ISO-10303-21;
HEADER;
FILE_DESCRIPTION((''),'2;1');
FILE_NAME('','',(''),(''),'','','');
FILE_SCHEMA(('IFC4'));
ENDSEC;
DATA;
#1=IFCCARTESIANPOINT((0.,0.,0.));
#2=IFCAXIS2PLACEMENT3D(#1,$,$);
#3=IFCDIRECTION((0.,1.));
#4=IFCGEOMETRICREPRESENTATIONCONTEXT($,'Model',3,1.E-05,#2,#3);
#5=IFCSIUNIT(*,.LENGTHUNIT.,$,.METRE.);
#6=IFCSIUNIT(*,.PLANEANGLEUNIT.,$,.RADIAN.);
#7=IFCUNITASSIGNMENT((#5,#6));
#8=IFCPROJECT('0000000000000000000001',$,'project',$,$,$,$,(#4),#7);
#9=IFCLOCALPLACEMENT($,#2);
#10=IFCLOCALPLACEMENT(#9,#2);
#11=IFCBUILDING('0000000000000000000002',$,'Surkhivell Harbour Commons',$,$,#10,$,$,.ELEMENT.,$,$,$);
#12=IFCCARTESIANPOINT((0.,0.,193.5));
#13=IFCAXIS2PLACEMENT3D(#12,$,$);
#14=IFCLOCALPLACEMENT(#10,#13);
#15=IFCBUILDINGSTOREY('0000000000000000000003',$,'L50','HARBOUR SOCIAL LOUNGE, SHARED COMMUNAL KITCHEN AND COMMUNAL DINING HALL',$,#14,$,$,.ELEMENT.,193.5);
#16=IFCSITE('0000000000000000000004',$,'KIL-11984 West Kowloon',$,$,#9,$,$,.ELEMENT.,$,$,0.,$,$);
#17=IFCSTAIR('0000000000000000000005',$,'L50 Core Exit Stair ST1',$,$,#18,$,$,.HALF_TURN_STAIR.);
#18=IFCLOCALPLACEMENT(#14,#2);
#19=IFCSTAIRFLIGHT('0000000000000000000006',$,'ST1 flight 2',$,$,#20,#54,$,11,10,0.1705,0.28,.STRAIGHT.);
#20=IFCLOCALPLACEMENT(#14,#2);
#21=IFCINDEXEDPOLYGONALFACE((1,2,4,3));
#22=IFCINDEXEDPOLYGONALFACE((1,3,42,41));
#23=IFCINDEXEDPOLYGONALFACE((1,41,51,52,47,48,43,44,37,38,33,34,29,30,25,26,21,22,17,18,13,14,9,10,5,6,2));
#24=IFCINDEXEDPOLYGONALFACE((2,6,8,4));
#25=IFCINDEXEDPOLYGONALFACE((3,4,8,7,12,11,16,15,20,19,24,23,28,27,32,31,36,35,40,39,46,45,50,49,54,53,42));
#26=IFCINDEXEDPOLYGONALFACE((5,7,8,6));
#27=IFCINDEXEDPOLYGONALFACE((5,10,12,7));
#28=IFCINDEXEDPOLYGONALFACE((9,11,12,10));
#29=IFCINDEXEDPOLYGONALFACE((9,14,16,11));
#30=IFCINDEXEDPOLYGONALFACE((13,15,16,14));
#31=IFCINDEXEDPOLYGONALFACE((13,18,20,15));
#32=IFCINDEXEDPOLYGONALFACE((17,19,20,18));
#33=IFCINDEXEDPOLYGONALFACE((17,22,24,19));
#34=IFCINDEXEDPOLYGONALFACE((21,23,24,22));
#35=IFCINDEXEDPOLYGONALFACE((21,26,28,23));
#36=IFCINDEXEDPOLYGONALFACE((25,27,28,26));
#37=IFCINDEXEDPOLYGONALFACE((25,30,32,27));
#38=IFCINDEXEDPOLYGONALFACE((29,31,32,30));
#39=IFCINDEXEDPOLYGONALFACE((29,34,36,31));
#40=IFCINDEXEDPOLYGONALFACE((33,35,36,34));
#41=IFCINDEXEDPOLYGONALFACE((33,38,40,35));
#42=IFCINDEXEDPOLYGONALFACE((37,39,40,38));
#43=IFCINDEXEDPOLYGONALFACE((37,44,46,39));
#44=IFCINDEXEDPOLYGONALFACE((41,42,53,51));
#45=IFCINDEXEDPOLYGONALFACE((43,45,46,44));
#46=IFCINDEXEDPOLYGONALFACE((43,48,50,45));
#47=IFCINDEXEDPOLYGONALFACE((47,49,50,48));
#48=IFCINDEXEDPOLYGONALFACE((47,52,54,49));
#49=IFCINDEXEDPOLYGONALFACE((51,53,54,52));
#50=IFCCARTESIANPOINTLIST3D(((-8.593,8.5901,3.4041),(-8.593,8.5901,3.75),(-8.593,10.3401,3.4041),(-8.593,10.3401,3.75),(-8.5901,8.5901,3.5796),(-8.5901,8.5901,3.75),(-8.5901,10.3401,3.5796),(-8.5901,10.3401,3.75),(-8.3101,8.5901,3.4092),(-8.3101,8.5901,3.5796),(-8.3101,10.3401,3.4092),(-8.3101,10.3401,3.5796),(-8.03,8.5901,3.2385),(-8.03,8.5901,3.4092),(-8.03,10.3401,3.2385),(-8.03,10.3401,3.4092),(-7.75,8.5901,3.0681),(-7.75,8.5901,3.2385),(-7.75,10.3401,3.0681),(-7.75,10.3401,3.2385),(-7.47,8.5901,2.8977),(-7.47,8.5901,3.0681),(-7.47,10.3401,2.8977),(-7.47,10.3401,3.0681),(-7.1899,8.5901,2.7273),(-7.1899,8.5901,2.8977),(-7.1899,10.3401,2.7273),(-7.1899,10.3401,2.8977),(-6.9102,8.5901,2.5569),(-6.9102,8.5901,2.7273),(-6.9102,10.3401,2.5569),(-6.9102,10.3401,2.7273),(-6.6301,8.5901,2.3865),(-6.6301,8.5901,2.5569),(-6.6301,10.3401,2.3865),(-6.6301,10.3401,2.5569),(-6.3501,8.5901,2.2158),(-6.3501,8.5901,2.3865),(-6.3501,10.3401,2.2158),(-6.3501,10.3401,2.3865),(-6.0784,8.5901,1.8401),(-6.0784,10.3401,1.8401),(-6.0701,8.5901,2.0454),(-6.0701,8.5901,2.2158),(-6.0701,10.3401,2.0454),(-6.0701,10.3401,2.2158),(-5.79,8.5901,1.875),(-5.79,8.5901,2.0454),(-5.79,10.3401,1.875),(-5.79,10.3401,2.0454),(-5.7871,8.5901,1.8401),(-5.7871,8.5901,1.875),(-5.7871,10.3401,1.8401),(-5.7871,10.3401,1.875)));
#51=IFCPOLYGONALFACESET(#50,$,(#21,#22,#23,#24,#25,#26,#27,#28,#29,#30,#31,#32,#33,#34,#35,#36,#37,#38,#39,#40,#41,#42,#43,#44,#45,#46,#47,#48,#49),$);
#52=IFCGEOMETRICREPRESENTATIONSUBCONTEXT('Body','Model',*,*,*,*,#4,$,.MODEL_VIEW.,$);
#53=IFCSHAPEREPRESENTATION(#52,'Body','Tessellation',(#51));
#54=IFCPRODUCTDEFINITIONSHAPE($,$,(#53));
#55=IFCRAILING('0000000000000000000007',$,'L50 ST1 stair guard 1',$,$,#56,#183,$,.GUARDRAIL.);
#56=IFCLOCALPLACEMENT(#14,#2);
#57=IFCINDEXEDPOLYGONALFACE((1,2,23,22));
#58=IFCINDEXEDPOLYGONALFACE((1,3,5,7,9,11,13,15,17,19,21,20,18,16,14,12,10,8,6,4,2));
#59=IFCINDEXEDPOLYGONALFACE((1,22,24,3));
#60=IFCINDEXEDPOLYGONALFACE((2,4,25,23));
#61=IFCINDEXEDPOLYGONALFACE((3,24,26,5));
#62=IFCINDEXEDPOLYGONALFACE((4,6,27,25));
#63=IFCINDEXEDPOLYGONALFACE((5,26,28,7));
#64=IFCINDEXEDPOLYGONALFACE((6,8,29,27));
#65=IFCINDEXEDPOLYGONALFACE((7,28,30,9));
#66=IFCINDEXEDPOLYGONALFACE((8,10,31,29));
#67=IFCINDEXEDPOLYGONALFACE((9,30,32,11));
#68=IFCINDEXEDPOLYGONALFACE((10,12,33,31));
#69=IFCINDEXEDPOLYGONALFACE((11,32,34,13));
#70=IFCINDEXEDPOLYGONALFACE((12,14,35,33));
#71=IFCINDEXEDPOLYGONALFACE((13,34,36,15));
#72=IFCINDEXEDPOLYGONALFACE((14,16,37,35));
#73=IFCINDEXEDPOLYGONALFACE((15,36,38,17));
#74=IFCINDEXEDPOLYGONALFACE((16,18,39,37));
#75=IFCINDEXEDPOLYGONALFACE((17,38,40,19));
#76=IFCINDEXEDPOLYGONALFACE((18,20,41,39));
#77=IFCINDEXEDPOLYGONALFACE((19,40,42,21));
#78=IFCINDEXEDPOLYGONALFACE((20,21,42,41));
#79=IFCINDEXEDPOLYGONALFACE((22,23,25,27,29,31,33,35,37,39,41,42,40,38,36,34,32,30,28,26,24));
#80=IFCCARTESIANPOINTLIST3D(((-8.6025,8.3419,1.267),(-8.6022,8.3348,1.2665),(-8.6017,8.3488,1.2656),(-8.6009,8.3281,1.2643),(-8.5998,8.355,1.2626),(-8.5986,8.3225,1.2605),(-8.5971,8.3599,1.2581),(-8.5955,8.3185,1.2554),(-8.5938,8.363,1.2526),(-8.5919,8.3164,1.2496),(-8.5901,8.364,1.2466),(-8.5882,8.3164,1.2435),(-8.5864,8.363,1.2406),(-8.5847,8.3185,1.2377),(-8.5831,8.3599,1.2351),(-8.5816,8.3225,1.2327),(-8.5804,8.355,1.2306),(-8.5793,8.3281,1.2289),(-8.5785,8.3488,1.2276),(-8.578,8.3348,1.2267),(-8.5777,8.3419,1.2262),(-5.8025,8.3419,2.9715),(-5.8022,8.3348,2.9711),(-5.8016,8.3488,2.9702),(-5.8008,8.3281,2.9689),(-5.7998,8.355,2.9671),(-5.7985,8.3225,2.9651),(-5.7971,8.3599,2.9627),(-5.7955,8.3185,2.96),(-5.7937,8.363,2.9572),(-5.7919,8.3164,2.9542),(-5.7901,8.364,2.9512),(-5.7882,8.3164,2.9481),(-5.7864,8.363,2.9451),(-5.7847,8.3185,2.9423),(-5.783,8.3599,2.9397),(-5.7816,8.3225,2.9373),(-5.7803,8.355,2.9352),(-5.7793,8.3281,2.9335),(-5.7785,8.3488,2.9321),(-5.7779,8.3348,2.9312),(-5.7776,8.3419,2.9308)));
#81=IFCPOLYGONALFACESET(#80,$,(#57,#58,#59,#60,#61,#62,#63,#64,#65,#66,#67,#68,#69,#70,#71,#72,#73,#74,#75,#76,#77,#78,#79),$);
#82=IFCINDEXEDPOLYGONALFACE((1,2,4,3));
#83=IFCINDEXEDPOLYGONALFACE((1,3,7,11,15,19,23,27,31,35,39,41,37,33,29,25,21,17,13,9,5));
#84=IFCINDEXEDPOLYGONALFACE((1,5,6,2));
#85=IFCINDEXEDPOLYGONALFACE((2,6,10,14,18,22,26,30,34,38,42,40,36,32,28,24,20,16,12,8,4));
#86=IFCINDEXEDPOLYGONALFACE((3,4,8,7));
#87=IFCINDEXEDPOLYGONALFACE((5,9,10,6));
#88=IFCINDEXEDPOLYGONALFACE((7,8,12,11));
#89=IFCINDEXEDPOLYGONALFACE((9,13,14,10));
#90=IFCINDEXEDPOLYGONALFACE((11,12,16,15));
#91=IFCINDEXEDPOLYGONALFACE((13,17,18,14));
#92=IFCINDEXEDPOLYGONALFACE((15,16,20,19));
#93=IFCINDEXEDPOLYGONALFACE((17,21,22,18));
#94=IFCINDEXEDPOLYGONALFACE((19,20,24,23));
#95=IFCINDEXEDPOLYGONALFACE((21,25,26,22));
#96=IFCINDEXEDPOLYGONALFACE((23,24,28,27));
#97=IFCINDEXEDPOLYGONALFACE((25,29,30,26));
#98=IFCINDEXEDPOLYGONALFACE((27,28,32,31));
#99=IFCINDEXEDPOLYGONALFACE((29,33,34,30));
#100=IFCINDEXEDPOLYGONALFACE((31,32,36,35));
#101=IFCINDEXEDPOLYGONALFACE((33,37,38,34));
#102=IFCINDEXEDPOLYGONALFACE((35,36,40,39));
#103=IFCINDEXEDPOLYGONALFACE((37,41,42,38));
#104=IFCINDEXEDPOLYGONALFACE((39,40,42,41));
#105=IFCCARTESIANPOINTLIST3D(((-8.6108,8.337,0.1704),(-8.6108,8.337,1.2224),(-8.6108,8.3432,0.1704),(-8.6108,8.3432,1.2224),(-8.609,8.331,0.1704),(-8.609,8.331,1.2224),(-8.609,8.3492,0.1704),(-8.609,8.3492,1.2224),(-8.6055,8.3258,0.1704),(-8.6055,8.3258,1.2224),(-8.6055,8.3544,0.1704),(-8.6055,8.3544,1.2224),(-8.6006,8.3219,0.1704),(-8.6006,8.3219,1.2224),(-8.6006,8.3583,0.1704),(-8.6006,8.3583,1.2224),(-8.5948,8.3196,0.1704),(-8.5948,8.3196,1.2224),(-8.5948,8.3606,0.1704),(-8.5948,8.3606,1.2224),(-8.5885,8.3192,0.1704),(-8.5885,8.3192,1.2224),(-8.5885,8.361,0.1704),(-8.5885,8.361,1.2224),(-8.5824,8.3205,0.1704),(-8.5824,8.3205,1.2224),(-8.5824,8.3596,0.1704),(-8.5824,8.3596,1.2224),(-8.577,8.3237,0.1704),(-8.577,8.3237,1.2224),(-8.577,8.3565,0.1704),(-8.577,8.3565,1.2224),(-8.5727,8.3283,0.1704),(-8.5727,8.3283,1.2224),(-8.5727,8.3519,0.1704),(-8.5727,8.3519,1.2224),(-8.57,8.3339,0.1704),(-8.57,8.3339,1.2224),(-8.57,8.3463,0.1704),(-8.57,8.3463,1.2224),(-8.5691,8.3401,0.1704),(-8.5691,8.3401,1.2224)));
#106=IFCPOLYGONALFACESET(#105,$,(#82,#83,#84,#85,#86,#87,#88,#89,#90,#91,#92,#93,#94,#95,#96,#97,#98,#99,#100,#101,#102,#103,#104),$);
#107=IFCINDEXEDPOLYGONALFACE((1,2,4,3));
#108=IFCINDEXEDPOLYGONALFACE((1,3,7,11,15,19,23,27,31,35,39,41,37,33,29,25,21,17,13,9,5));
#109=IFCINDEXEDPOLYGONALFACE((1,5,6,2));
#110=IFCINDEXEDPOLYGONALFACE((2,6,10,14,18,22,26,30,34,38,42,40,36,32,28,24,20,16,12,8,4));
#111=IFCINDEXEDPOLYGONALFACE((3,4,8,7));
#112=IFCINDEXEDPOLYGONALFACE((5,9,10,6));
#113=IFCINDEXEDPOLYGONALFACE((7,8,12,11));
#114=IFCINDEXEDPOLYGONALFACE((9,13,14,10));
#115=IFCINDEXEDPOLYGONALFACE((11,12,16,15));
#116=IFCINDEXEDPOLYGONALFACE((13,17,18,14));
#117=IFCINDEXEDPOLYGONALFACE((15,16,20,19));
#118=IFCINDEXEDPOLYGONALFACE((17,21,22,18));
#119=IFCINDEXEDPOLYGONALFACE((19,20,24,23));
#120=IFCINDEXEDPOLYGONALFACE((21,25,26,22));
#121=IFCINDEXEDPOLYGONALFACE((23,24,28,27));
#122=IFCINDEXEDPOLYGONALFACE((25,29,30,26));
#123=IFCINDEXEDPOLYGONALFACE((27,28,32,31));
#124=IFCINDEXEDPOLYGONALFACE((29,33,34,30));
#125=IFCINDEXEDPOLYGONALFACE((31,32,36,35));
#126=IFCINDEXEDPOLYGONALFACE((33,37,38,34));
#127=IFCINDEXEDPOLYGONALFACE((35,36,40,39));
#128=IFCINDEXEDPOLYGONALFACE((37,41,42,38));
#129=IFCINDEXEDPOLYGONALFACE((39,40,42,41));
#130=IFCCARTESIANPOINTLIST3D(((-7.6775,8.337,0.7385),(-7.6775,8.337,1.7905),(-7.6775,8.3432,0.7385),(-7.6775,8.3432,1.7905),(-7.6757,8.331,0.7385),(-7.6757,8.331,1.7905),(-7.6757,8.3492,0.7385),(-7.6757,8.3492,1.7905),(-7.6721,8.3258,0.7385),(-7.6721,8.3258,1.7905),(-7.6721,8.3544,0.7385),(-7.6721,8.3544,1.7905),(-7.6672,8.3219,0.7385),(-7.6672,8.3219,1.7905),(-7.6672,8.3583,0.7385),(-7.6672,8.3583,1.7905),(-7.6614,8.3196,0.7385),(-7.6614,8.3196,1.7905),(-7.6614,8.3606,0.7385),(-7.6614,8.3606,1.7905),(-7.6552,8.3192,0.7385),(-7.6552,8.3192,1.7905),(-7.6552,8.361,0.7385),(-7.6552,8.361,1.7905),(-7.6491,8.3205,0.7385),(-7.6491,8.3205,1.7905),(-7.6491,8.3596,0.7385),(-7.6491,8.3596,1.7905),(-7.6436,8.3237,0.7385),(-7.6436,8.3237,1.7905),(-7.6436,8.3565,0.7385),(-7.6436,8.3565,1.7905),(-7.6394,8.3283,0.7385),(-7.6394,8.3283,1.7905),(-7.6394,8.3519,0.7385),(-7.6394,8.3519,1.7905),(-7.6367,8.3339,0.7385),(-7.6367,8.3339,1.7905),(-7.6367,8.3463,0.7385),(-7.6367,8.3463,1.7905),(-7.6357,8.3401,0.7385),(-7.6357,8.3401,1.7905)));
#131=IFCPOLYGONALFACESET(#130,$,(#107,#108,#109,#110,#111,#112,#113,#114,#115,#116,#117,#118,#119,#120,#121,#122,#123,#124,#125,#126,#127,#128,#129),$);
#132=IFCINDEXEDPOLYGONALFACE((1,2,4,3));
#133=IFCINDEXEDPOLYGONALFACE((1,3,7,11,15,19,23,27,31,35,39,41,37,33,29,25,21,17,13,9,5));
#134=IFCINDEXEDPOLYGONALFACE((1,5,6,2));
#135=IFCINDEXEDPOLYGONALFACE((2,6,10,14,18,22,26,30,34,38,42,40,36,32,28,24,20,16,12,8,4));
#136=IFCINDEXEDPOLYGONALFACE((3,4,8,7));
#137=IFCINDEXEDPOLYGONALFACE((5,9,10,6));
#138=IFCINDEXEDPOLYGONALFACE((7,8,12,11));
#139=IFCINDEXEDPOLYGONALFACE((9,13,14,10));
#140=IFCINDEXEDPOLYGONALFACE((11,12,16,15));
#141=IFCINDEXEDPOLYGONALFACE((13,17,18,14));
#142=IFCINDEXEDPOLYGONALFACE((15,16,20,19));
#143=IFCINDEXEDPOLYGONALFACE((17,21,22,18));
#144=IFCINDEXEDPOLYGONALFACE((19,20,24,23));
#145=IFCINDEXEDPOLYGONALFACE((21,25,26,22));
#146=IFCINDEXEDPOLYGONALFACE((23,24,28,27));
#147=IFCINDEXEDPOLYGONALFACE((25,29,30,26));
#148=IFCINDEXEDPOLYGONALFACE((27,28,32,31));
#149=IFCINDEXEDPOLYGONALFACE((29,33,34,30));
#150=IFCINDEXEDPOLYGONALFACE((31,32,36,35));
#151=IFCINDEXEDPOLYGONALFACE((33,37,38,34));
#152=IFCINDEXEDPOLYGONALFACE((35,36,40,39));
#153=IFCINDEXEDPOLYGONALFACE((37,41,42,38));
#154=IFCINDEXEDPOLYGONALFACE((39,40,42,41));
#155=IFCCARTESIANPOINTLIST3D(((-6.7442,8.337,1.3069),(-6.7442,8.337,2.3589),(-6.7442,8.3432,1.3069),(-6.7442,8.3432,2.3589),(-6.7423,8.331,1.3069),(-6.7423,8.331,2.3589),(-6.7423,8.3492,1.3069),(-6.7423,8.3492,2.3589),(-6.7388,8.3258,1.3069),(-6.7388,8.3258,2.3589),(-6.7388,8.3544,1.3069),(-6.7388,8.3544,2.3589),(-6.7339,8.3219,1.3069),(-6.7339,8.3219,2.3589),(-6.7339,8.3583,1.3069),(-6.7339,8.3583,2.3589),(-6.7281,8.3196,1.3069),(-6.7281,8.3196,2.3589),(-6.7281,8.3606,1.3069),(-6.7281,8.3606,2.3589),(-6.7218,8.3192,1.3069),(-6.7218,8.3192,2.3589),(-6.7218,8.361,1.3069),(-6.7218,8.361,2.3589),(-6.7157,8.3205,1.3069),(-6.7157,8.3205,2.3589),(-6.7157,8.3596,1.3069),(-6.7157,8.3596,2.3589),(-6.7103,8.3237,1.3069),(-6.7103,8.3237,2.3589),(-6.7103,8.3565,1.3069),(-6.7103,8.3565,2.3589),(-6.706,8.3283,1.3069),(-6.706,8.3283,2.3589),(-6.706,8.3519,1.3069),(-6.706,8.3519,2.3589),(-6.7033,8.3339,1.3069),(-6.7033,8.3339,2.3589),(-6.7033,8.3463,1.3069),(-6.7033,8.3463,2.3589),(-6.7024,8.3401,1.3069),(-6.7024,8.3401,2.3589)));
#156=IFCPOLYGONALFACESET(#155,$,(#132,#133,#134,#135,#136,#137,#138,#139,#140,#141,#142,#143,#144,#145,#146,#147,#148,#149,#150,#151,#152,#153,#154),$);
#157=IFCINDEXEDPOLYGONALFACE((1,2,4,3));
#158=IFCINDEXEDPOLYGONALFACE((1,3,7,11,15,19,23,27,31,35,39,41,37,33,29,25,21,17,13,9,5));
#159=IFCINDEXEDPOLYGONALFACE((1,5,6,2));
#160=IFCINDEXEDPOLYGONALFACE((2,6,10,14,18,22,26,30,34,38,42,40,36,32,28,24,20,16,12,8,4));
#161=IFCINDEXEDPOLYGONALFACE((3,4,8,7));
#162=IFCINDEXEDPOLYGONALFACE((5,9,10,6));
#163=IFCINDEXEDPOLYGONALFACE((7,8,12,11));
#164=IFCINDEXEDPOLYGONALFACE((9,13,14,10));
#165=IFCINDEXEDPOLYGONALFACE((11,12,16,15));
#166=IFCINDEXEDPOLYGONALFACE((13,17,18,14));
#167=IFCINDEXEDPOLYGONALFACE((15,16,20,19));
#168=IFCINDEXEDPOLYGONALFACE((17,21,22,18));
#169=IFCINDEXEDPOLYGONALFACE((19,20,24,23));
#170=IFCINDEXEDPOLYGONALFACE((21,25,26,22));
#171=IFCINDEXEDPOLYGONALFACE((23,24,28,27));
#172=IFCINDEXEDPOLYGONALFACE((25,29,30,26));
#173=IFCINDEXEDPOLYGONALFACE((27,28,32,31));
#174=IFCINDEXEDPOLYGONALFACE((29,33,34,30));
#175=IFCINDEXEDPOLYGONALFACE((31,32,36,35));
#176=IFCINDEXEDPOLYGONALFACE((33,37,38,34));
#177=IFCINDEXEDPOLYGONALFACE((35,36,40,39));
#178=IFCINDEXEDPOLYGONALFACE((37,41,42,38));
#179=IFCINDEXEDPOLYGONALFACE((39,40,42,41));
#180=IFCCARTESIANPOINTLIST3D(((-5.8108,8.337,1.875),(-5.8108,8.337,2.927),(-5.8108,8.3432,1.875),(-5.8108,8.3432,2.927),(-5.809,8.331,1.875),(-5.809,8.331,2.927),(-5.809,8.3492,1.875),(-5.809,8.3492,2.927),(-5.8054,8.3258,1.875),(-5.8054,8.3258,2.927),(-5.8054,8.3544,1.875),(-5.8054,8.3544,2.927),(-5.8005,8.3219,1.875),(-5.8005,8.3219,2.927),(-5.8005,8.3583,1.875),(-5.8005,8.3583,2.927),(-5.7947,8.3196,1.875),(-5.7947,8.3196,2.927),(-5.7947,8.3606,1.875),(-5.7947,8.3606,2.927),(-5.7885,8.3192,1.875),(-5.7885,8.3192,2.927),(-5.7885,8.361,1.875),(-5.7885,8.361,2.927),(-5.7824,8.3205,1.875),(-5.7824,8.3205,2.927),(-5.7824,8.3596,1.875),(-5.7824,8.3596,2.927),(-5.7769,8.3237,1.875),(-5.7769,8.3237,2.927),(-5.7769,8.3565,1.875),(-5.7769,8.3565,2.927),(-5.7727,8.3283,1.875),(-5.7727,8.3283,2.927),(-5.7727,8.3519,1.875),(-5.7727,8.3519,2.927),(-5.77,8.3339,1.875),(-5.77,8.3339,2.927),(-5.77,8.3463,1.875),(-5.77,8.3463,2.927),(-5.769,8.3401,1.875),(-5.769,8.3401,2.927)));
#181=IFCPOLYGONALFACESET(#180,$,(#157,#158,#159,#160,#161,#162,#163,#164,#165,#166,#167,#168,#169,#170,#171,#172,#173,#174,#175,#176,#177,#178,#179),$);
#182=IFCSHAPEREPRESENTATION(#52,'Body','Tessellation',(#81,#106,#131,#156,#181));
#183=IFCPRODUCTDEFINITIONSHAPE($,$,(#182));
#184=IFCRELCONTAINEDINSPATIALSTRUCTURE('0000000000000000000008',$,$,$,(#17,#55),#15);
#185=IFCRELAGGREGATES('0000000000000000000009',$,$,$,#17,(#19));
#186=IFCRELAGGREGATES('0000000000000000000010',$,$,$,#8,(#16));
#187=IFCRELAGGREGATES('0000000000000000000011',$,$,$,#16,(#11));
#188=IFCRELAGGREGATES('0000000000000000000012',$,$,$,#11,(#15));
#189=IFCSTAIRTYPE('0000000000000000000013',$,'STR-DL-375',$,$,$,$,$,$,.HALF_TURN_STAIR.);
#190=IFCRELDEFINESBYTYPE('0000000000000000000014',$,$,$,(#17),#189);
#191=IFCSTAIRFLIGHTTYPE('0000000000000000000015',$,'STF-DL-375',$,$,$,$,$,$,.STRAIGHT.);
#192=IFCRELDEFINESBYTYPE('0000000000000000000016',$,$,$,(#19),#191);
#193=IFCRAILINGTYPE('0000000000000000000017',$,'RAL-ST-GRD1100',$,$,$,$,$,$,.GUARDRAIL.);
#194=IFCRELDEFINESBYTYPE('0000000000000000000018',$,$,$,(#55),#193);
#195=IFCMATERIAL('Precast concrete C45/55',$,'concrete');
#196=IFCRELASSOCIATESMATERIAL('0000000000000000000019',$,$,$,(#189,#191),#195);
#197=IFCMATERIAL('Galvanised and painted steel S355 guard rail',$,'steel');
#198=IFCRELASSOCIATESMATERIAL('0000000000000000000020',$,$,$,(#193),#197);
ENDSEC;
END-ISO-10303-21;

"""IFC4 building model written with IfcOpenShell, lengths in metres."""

from ifc_helpers import new_model, si_unit, direction, frame, origin, origin_2d, place, context, subcontext, project, spatial, polyline, circle, outline, extrude, material, type_object, element, aggregate, save


model = new_model("IFC4")

# Units and contexts
model_context = context("Model", 3, precision=1e-05, world=origin(), true_north=direction((0.0, 1.0)))
body_context = subcontext(model_context, "Body", "Model", "MODEL_VIEW")
ifc_project = project(units=[si_unit("LENGTHUNIT", "METRE"), si_unit("PLANEANGLEUNIT", "RADIAN")], contexts=[model_context])

# Site, building, storey
site_placement = place(None, origin())
site = spatial("IfcSite", under=ifc_project, at=site_placement, Name="KIL-11984 West Kowloon", CompositionType="ELEMENT", RefElevation=0.0)
building_placement = place(site_placement, origin())
building = spatial("IfcBuilding", under=site, at=building_placement, Name="Surkhivell Harbour Commons", CompositionType="ELEMENT")
storey_placement = place(building_placement, frame((0.0, 0.0, 193.5)))
storey = spatial("IfcBuildingStorey", under=building, at=storey_placement, Name="L50", Description="HARBOUR SOCIAL LOUNGE, SHARED COMMUNAL KITCHEN AND COMMUNAL DINING HALL", CompositionType="ELEMENT", Elevation=193.5)

# Stair, stair flight
ifc_material_1 = material(Name="Precast concrete C45/55", Category="concrete")
stair_type = type_object("IfcStairType", Name="STR-DL-375", PredefinedType="HALF_TURN_STAIR", material=ifc_material_1)
stair_placement = place(storey_placement, origin())
stair = element("IfcStair", 1, at=stair_placement, inside=storey, type_object=stair_type, Name="L50 Core Exit Stair ST1", PredefinedType="HALF_TURN_STAIR")
stair_flight_type = type_object("IfcStairFlightType", Name="STF-DL-375", PredefinedType="STRAIGHT", material=ifc_material_1)
stair_flight_1_placement = place(storey_placement, frame((-5.79, 9.4651, 1.875), z_axis=(0.0, 0.0, 1.0), x_axis=(-1.0, 0.0, 0.0)))
stair_flight_1 = element("IfcStairFlight", 2, at=stair_flight_1_placement, type_object=stair_flight_type, Name="ST1 flight 2", NumberOfRisers=11, NumberOfTreads=10, PredefinedType="STRAIGHT", RiserHeight=0.1705, TreadLength=0.28, context=body_context, shape_type="SweptSolid", body=[
    extrude(outline(polyline([(-0.0029, -0.0349), (-0.0029, 0.0), (0.0, 0.0), (0.0, 0.1704), (0.28, 0.1704), (0.28, 0.3408), (0.5601, 0.3408), (0.5601, 0.5115), (0.8401, 0.5115), (0.8401, 0.6819), (1.1201, 0.6819), (1.1201, 0.8523), (1.3999, 0.8523), (1.3999, 1.0227), (1.6799, 1.0227), (1.6799, 1.1931), (1.96, 1.1931), (1.96, 1.3635), (2.24, 1.3635), (2.24, 1.5342), (2.52, 1.5342), (2.52, 1.7046), (2.8, 1.7046), (2.8, 1.875), (2.803, 1.875), (2.803, 1.5291), (0.2883, -0.0349), (-0.0029, -0.0349)])), frame((0.0, 0.875, 0.0), z_axis=(0.0, -1.0, 0.0), x_axis=(1.0, 0.0, 0.0)), (0.0, 0.0, 1.0), 1.75),
])
aggregate(stair, [stair_flight_1])

# Railing
ifc_material_2 = material(Name="Galvanised and painted steel S355 guard rail", Category="steel")
railing_type_1 = type_object("IfcRailingType", Name="RAL-ST-GRD1100", PredefinedType="GUARDRAIL", material=ifc_material_2)
railing_1_placement = place(storey_placement, frame((-8.5901, 8.3401, 0.1704)))
element("IfcRailing", 3, at=railing_1_placement, inside=storey, type_object=railing_type_1, Name="L50 ST1 stair guard 1", PredefinedType="GUARDRAIL", context=body_context, shape_type="SweptSolid", body=[
    extrude(circle(Radius=0.0239, at=origin_2d()), frame((0.0, 0.0, 1.0762), z_axis=(0.85417, 0.0, 0.519994), x_axis=(0.0, 1.0, 0.0)), (0.0, 0.0, 1.0), 3.2781),
    extrude(circle(Radius=0.021, at=origin_2d()), origin(), (0.0, 0.0, 1.0), 1.052),
    extrude(circle(Radius=0.021, at=origin_2d()), frame((0.9333, 0.0, 0.5681)), (0.0, 0.0, 1.0), 1.052),
    extrude(circle(Radius=0.021, at=origin_2d()), frame((1.8667, 0.0, 1.1365)), (0.0, 0.0, 1.0), 1.052),
    extrude(circle(Radius=0.021, at=origin_2d()), frame((2.8, 0.0, 1.7046)), (0.0, 0.0, 1.0), 1.052),
])

save(model, "model.ifc")
